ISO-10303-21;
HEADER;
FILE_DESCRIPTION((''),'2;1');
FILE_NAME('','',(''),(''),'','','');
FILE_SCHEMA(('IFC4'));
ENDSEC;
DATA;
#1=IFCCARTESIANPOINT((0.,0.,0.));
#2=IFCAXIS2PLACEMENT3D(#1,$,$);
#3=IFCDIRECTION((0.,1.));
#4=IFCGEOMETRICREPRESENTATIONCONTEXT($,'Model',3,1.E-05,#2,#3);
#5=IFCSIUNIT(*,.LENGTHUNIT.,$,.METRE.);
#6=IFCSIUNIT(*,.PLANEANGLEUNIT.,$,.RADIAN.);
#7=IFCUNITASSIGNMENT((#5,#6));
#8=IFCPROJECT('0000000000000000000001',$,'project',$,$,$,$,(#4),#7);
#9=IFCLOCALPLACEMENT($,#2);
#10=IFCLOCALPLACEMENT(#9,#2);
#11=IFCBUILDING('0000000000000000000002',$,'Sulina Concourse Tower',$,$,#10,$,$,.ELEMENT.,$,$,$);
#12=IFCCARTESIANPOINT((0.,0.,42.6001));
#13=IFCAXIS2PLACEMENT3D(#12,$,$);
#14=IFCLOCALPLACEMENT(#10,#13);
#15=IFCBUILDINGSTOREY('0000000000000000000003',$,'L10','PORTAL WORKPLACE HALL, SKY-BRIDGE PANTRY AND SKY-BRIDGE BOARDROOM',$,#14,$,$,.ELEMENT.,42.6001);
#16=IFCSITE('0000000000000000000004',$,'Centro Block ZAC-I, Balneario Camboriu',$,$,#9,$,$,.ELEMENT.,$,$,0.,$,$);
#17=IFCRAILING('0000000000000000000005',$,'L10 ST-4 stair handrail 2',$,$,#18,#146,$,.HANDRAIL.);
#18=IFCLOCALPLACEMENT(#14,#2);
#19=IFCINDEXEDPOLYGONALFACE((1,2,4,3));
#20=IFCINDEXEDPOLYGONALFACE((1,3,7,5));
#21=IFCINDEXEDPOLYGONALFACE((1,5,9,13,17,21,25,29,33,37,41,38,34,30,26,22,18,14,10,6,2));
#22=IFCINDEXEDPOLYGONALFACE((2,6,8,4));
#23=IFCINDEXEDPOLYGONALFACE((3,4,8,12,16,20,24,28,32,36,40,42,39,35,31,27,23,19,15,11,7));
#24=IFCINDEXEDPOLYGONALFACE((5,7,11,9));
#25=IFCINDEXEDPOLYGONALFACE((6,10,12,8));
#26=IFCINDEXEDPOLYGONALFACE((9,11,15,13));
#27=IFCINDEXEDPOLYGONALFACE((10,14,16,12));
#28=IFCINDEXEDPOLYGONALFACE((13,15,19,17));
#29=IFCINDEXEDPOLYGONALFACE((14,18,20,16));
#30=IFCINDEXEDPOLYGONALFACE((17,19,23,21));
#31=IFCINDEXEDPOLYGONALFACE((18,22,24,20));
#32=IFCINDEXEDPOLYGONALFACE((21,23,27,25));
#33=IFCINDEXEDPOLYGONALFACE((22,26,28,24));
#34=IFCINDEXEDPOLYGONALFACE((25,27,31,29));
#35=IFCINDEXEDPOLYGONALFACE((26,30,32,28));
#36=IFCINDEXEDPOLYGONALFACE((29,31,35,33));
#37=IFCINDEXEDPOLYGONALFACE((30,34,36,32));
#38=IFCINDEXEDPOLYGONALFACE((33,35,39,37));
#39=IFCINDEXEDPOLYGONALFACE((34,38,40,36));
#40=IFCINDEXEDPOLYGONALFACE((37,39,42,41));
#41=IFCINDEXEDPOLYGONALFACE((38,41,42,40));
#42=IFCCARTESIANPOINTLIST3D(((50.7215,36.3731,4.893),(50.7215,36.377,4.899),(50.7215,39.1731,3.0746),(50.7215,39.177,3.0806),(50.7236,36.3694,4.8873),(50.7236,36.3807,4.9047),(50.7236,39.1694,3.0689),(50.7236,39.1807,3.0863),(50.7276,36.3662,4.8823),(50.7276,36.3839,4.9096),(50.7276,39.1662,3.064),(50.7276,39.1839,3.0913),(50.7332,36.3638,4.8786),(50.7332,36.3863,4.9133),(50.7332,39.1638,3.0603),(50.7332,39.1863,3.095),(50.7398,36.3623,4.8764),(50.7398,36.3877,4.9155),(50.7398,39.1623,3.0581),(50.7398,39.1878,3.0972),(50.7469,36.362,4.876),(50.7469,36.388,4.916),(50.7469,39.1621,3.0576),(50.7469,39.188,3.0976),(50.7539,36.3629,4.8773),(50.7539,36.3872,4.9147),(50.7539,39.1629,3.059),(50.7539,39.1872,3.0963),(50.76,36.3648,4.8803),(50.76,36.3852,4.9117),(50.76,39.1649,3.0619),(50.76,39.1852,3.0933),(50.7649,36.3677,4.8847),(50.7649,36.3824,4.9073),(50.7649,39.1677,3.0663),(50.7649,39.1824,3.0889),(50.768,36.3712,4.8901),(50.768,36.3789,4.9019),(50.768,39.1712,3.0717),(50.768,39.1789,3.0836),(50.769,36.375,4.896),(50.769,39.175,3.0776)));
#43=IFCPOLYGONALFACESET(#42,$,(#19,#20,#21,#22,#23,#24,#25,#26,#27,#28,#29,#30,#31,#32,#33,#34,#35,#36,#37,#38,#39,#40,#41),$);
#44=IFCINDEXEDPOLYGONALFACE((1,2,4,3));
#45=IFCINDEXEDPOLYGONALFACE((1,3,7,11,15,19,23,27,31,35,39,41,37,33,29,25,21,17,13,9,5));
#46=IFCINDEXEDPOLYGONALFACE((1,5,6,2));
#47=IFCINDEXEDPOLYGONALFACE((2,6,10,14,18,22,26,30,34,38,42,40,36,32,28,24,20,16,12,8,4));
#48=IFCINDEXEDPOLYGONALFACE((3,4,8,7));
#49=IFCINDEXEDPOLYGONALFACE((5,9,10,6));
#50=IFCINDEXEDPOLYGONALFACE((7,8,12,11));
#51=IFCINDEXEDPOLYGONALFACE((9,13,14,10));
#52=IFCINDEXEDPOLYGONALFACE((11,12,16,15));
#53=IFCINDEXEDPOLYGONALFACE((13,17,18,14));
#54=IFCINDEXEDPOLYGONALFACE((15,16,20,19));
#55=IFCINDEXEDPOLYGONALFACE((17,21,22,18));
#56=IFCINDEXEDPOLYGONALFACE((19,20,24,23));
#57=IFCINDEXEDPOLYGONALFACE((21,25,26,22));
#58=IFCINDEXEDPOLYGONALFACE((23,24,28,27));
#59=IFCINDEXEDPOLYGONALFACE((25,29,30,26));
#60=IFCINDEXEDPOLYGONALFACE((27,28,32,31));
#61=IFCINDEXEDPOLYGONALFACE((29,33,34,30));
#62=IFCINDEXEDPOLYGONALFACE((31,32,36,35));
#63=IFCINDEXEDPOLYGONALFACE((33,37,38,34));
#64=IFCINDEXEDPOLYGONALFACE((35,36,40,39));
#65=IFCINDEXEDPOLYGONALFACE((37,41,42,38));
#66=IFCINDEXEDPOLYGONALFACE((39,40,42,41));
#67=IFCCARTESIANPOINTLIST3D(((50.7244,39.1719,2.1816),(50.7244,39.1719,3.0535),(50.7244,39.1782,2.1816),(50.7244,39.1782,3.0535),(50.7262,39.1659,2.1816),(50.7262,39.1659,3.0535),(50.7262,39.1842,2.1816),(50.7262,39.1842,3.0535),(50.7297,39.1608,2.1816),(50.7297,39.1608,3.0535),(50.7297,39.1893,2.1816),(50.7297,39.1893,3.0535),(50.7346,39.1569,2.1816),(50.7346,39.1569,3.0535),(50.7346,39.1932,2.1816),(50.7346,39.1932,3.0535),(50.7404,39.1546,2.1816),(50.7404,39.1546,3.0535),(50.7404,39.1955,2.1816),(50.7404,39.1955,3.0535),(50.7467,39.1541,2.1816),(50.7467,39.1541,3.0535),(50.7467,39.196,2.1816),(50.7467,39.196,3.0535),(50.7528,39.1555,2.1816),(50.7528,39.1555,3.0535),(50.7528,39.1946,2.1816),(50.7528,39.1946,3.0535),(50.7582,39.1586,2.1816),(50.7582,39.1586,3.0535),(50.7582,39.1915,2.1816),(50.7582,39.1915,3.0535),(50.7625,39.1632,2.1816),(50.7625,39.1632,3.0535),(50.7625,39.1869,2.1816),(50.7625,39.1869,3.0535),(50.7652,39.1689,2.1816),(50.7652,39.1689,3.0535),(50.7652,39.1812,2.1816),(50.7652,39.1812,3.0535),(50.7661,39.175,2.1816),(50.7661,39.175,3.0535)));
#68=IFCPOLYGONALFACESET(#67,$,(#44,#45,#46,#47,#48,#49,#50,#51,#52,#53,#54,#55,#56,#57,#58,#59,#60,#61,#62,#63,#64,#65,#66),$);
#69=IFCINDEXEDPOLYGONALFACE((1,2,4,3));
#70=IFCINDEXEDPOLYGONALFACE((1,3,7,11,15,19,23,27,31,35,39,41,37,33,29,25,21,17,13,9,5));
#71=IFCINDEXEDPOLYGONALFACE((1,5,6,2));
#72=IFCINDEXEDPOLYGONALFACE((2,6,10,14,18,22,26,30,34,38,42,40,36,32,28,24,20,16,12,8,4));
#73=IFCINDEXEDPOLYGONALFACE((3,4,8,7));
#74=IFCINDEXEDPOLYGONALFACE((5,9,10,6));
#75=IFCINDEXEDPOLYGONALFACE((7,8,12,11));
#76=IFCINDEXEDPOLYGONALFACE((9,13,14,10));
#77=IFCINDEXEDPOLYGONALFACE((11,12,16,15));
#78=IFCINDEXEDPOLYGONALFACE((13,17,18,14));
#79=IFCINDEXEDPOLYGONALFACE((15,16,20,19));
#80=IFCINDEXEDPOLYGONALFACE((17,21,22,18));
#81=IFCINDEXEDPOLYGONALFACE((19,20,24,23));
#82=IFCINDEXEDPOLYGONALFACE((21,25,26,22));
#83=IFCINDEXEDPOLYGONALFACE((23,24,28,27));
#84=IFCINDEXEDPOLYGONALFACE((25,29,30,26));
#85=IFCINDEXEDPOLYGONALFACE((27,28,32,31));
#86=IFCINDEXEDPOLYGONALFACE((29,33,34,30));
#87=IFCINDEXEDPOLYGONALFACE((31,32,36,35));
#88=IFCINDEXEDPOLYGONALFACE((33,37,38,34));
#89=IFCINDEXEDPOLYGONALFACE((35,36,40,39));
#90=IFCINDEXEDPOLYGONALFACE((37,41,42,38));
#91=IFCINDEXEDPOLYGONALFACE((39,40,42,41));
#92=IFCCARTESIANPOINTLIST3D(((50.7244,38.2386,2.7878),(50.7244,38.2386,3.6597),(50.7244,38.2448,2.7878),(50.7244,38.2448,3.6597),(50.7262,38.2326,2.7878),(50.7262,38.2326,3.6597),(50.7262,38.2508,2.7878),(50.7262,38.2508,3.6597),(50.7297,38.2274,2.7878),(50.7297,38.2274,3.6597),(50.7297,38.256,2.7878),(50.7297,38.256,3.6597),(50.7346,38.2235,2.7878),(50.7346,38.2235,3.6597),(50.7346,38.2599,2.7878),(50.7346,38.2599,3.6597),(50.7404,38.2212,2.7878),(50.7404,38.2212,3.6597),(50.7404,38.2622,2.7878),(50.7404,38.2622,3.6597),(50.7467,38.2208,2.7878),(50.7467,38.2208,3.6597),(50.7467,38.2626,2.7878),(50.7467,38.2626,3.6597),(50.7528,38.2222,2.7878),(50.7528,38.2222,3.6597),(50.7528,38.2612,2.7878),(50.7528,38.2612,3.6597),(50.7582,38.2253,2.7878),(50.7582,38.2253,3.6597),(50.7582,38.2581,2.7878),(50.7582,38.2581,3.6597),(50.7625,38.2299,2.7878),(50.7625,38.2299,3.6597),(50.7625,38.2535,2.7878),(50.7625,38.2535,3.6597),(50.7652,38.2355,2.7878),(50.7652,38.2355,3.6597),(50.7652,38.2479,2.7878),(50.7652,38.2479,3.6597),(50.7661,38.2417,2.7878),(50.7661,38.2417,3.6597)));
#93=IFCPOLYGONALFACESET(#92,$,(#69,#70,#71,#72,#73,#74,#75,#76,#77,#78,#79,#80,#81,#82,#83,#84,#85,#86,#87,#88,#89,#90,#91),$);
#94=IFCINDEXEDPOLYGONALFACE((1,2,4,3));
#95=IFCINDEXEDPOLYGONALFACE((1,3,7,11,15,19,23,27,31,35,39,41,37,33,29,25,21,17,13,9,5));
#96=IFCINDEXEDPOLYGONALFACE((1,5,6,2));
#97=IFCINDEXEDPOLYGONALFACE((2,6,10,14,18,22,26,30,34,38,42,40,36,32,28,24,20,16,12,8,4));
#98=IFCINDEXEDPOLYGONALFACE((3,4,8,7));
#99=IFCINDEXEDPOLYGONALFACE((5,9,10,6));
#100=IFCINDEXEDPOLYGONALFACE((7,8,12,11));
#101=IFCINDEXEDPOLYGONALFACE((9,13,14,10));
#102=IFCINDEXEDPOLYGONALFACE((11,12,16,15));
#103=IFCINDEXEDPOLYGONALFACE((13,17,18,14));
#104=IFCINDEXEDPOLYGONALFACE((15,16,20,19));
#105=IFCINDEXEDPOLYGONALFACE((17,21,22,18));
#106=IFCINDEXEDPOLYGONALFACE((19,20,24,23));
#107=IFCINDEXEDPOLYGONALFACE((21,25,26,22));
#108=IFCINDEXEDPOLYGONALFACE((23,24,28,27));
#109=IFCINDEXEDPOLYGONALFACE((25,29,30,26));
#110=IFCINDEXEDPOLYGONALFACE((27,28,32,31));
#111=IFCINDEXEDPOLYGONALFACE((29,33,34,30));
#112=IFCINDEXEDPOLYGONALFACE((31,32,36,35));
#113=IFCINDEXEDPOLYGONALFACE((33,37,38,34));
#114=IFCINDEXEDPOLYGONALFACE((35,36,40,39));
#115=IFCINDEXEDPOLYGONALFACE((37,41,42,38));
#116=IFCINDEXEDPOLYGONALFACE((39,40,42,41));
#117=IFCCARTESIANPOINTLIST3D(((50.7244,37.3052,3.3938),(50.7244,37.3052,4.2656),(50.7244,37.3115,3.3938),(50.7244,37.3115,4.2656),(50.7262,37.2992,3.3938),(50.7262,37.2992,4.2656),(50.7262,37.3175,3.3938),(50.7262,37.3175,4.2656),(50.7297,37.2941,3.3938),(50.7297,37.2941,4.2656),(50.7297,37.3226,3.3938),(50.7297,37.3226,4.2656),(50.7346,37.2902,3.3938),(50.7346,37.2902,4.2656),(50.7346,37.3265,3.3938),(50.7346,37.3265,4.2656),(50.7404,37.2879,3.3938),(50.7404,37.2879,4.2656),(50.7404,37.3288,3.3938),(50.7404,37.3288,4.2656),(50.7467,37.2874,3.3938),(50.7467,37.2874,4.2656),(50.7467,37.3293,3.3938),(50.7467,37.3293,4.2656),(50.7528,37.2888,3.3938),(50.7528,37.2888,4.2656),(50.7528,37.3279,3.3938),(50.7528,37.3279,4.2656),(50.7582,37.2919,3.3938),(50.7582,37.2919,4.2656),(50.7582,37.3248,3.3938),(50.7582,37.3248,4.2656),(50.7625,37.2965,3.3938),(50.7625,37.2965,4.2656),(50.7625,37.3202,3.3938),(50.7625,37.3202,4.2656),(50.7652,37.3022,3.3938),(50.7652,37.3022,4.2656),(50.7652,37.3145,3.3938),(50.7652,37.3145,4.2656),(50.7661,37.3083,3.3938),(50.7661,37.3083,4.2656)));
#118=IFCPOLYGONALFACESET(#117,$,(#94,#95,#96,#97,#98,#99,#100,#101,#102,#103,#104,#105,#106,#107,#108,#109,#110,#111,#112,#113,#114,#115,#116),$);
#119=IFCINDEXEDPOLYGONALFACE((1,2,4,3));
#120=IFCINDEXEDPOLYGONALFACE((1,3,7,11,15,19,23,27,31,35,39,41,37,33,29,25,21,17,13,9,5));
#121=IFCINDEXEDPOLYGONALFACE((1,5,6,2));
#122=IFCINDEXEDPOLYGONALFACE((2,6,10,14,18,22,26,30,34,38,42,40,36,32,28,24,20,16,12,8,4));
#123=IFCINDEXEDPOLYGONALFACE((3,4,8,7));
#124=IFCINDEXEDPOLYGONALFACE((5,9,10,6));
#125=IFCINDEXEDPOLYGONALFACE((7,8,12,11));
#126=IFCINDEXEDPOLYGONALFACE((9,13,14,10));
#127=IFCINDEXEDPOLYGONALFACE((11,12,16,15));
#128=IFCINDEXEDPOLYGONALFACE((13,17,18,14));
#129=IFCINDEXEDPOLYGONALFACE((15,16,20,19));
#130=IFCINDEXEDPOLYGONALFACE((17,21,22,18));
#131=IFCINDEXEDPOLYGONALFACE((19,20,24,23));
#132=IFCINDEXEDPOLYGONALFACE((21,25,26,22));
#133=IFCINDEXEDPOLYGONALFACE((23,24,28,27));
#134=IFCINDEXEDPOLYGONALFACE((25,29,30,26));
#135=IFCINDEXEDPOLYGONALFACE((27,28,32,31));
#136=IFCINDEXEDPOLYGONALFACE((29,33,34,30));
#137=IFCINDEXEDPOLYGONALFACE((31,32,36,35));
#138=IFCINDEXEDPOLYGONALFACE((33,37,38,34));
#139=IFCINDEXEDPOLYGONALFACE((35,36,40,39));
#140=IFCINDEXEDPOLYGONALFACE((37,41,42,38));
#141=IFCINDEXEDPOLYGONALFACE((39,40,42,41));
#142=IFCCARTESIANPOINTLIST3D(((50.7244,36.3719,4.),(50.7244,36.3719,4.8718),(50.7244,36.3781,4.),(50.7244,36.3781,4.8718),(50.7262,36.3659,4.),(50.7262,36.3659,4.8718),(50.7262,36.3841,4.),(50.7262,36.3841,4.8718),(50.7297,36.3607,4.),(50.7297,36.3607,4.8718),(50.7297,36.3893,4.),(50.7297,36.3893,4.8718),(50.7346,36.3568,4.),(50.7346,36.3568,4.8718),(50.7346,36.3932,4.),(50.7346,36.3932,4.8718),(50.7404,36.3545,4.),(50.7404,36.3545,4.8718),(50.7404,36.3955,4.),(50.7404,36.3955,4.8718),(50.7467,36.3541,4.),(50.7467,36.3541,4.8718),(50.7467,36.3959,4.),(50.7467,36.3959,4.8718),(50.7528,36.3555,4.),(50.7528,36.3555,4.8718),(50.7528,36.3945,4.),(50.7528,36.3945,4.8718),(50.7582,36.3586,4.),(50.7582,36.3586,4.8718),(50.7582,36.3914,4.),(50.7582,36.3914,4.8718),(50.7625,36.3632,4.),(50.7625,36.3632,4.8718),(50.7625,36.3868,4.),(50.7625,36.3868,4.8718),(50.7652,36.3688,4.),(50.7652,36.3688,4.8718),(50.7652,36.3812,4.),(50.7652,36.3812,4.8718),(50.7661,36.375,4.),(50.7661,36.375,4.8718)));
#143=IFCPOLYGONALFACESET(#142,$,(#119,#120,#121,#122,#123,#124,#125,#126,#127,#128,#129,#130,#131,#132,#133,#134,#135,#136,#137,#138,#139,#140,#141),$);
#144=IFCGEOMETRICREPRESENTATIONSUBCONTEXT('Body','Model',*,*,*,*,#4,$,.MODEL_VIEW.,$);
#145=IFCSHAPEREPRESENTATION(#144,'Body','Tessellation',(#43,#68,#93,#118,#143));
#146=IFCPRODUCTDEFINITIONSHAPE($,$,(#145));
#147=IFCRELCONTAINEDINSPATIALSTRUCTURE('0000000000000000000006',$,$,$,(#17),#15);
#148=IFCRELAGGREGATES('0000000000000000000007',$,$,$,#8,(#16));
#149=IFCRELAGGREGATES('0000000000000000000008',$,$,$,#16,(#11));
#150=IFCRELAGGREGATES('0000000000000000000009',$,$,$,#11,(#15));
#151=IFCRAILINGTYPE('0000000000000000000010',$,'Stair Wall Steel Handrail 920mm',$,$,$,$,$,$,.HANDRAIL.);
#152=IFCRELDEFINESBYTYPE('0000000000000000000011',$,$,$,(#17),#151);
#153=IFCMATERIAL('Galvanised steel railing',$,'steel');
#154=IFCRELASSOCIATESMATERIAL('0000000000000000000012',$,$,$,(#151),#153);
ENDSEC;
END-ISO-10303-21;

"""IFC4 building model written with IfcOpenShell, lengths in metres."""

from ifc_helpers import new_model, si_unit, direction, frame, origin, origin_2d, place, context, subcontext, project, spatial, circle, extrude, material, type_object, element, save


model = new_model("IFC4")

# Units and contexts
model_context = context("Model", 3, precision=1e-05, world=origin(), true_north=direction((0.0, 1.0)))
body_context = subcontext(model_context, "Body", "Model", "MODEL_VIEW")
ifc_project = project(units=[si_unit("LENGTHUNIT", "METRE"), si_unit("PLANEANGLEUNIT", "RADIAN")], contexts=[model_context])

# Site, building, storey
site_placement = place(None, origin())
site = spatial("IfcSite", under=ifc_project, at=site_placement, Name="Centro Block ZAC-I, Balneario Camboriu", CompositionType="ELEMENT", RefElevation=0.0)
building_placement = place(site_placement, origin())
building = spatial("IfcBuilding", under=site, at=building_placement, Name="Sulina Concourse Tower", CompositionType="ELEMENT")
storey_placement = place(building_placement, frame((0.0, 0.0, 42.6001)))
storey = spatial("IfcBuildingStorey", under=building, at=storey_placement, Name="L10", Description="PORTAL WORKPLACE HALL, SKY-BRIDGE PANTRY AND SKY-BRIDGE BOARDROOM", CompositionType="ELEMENT", Elevation=42.6001)

# Railing
ifc_material_1 = material(Name="Galvanised steel railing", Category="steel")
railing_type_1 = type_object("IfcRailingType", Name="Stair Wall Steel Handrail 920mm", PredefinedType="HANDRAIL", material=ifc_material_1)
railing_1_placement = place(storey_placement, frame((50.7451, 39.175, 2.1816)))
element("IfcRailing", 1, at=railing_1_placement, inside=storey, type_object=railing_type_1, Name="L10 ST-4 stair handrail 2", PredefinedType="HANDRAIL", context=body_context, shape_type="SweptSolid", body=[
    extrude(circle(Radius=0.0239, at=origin_2d()), frame((0.0, 0.0, 0.896), z_axis=(0.0, -0.838672, 0.544636), x_axis=(1.0, 0.0, 0.0)), (0.0, 0.0, 1.0), 3.3386),
    extrude(circle(Radius=0.021, at=origin_2d()), origin(), (0.0, 0.0, 1.0), 0.8718),
    extrude(circle(Radius=0.021, at=origin_2d()), frame((0.0, -0.9333, 0.6062)), (0.0, 0.0, 1.0), 0.8718),
    extrude(circle(Radius=0.021, at=origin_2d()), frame((0.0, -1.8667, 1.2122)), (0.0, 0.0, 1.0), 0.8718),
    extrude(circle(Radius=0.021, at=origin_2d()), frame((0.0, -2.8, 1.8184)), (0.0, 0.0, 1.0), 0.8718),
])

save(model, "model.ifc")
